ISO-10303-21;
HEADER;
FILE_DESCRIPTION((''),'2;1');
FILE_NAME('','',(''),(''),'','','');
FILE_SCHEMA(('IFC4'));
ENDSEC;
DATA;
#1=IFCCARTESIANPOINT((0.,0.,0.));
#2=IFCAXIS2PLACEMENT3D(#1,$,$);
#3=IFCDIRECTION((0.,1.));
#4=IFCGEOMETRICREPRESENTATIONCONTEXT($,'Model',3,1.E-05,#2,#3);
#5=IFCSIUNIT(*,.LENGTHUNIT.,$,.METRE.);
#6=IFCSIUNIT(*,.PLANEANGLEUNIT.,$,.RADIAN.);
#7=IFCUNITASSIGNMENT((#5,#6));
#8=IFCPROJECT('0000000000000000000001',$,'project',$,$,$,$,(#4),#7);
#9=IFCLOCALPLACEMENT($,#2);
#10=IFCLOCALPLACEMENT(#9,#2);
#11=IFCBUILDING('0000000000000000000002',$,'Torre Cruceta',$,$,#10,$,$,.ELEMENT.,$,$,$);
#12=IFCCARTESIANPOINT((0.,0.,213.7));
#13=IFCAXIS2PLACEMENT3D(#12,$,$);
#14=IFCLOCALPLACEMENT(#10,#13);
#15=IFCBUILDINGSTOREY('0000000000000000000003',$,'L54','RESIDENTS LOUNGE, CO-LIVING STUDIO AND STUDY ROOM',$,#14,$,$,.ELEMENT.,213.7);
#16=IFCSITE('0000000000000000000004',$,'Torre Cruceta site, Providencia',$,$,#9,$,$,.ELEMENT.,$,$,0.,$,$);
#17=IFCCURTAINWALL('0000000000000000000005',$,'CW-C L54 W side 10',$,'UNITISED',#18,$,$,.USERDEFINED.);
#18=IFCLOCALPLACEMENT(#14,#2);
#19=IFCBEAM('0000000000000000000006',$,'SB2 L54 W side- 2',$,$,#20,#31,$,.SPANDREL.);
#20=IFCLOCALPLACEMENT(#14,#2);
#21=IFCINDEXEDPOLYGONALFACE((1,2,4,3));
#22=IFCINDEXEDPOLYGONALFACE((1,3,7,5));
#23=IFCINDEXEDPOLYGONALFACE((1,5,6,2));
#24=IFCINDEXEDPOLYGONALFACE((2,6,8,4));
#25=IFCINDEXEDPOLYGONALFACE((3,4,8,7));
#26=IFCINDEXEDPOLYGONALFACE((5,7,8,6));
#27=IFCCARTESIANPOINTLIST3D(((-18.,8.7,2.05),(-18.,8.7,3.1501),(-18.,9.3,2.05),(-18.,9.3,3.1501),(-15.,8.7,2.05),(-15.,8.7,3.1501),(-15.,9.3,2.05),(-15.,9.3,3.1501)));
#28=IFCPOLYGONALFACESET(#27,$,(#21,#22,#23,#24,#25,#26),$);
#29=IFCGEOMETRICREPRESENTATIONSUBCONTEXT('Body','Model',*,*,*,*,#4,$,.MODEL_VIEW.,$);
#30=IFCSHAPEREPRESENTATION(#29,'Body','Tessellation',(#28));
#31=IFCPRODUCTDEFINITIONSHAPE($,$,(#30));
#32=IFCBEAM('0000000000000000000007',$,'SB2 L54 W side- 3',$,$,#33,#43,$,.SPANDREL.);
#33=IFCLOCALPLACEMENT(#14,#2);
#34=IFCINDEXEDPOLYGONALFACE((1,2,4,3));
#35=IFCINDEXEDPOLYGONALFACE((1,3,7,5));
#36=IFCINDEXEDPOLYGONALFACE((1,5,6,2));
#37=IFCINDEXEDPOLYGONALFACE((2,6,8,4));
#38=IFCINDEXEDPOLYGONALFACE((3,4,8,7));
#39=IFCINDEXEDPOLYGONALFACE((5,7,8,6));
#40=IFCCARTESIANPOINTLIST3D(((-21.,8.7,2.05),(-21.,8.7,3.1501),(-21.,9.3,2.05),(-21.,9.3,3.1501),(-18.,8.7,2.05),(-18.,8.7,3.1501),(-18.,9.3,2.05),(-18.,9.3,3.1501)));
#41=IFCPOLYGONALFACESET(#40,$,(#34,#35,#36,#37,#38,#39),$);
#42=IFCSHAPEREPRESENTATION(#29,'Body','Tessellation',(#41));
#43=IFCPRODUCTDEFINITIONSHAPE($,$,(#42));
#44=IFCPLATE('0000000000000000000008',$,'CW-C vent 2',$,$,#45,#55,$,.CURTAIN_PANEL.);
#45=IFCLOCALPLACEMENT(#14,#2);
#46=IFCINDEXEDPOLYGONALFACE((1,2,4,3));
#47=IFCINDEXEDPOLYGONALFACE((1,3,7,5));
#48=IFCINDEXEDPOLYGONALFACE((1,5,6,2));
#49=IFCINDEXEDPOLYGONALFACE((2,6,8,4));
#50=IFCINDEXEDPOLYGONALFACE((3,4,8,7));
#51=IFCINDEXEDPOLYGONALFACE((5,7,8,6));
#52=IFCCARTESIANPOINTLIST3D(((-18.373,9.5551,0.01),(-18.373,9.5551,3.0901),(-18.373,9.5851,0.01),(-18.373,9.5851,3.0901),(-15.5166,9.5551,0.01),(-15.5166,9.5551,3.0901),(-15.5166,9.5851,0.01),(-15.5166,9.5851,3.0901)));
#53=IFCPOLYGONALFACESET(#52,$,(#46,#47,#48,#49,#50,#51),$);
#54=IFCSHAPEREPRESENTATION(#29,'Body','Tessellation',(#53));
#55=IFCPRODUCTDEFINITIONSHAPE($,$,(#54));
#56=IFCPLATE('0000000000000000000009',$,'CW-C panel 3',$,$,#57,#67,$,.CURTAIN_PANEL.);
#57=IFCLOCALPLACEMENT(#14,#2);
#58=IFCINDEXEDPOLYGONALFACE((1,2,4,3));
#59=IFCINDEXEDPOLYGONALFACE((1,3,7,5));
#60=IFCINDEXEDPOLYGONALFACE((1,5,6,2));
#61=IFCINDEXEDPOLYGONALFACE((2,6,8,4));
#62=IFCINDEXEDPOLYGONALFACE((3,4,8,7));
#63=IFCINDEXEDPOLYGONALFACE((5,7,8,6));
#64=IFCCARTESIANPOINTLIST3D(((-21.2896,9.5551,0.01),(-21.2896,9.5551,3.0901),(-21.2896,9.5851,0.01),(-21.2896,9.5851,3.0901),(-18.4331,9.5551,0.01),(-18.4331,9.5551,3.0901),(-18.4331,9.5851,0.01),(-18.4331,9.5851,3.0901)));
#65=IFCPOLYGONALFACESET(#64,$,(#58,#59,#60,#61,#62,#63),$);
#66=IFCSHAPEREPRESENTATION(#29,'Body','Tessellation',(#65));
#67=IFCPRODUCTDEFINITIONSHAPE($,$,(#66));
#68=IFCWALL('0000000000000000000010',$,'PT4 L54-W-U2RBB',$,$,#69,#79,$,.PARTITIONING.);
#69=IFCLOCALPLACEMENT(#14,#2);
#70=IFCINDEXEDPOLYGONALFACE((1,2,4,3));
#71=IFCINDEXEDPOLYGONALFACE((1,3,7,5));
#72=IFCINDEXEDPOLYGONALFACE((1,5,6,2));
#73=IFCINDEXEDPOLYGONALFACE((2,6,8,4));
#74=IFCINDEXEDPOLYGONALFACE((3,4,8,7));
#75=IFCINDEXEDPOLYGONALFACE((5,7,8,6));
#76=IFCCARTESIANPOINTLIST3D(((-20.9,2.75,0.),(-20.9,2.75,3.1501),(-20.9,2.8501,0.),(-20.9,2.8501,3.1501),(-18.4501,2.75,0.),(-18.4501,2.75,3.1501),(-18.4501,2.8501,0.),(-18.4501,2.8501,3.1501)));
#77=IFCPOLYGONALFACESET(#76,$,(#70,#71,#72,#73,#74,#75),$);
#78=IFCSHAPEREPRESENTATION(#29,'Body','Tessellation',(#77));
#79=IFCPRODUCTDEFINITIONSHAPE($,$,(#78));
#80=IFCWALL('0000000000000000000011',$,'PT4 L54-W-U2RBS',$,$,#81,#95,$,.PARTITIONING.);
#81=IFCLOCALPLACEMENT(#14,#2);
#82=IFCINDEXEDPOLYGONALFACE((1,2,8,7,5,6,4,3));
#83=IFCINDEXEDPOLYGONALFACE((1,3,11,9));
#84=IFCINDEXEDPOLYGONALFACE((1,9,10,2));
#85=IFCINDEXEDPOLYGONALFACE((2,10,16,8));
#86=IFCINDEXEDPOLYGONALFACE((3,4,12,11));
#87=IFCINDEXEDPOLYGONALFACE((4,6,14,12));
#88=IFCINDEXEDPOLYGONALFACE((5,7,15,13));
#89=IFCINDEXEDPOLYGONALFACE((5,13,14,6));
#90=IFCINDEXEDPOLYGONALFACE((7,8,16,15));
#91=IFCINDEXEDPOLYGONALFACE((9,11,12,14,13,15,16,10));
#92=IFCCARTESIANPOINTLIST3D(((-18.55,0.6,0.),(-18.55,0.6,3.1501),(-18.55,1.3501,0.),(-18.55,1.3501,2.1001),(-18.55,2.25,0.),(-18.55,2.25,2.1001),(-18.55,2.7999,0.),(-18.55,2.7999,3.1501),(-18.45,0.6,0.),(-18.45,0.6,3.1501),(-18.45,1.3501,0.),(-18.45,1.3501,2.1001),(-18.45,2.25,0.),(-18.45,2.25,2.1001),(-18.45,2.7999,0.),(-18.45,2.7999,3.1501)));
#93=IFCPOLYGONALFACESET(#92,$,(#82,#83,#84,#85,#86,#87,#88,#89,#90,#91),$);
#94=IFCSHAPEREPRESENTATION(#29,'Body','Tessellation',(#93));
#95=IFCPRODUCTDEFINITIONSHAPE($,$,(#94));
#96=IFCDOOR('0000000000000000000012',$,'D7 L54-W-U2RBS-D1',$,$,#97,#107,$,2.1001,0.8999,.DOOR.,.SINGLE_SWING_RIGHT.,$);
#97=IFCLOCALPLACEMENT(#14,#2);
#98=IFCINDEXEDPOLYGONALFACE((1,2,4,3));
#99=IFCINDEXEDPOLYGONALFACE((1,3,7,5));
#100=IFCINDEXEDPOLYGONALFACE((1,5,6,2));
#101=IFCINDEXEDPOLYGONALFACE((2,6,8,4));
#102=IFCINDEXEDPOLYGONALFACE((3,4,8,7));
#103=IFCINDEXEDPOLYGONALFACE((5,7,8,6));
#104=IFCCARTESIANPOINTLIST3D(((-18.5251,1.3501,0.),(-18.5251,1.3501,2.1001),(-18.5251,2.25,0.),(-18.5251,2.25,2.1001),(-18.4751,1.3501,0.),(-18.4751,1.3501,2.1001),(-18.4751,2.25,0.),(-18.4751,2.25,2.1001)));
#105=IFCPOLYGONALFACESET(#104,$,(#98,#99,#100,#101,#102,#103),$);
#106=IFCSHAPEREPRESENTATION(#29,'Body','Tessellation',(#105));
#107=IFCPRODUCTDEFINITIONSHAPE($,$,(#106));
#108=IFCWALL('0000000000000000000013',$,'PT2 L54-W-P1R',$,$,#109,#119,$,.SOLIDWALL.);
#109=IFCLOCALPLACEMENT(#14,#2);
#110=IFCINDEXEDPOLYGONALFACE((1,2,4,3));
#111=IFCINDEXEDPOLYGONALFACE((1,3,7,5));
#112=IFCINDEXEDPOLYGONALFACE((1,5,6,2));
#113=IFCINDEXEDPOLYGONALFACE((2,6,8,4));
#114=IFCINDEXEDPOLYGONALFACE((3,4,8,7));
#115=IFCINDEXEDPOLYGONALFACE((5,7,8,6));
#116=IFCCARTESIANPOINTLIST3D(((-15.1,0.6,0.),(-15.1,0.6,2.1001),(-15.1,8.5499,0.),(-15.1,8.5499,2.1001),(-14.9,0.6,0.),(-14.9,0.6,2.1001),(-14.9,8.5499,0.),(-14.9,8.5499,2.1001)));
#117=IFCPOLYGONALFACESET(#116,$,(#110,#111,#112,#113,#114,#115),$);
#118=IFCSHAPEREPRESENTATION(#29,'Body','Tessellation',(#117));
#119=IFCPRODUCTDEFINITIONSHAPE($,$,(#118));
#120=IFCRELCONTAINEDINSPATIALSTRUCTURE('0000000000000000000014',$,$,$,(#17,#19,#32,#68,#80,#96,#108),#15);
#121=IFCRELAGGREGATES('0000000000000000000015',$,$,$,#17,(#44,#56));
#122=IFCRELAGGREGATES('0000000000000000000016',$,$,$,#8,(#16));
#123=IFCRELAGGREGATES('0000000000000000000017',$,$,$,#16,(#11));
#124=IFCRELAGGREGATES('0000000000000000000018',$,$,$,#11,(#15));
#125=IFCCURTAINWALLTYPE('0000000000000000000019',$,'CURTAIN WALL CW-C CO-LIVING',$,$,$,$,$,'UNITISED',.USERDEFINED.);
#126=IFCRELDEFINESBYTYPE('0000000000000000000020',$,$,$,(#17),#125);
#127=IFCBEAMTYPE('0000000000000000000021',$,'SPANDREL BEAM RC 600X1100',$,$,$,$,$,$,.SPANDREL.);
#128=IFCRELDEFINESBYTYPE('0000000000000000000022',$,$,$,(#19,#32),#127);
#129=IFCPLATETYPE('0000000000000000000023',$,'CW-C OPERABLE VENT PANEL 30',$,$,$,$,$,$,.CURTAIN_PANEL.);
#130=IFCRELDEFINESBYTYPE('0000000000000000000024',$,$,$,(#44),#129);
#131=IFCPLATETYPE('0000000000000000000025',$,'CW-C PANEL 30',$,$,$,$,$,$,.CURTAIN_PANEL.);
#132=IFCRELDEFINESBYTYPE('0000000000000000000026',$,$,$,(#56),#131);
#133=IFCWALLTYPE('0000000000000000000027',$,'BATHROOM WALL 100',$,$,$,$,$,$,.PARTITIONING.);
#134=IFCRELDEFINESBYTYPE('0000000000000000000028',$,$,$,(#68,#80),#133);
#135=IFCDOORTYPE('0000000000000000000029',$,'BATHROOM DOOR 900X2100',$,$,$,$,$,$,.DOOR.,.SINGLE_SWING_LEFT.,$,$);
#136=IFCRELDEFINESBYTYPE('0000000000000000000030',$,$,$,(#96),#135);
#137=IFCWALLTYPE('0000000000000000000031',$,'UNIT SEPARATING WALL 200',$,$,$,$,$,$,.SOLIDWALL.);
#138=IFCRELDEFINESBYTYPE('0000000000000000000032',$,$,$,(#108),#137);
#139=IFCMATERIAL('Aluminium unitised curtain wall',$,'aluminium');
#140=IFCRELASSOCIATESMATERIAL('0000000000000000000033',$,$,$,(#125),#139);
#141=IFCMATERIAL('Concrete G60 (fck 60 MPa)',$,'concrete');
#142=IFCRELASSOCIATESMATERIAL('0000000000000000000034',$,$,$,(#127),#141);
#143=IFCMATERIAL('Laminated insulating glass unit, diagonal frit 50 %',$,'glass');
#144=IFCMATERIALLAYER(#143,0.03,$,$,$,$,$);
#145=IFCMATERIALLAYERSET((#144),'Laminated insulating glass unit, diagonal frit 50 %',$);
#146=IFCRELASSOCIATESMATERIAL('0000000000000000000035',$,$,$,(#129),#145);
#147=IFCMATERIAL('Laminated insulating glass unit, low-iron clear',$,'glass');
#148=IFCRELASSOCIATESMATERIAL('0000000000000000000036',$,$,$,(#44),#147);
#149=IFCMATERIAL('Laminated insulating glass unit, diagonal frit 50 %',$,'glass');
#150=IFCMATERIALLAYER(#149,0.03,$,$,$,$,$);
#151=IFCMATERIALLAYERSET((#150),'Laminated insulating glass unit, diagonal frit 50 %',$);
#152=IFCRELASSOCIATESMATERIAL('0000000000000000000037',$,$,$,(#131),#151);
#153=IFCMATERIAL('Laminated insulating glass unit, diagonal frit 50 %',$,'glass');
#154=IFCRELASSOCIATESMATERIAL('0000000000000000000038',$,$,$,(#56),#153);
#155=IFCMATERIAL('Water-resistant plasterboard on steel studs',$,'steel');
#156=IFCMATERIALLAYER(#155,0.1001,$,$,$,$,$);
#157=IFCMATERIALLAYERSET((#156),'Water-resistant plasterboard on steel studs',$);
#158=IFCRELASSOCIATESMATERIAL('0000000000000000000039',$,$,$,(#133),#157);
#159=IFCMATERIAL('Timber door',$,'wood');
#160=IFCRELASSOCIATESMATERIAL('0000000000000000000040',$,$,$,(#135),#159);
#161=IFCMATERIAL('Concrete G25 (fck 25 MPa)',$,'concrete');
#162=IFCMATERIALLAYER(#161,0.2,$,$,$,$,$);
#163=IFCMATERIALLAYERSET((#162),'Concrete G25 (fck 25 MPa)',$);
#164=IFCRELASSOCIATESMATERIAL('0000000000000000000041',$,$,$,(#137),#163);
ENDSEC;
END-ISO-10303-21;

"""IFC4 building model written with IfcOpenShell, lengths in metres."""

from ifc_helpers import new_model, si_unit, direction, frame, frame_2d, origin, origin_2d, place, context, subcontext, project, spatial, rectangle, extrude, material, layer, layer_set, material_profile, profile_set, type_object, element, fill, aggregate, save


model = new_model("IFC4")

# Units and contexts
model_context = context("Model", 3, precision=1e-05, world=origin(), true_north=direction((0.0, 1.0)))
body_context = subcontext(model_context, "Body", "Model", "MODEL_VIEW")
ifc_project = project(units=[si_unit("LENGTHUNIT", "METRE"), si_unit("PLANEANGLEUNIT", "RADIAN")], contexts=[model_context])

# Site, building, storey
site_placement = place(None, origin())
site = spatial("IfcSite", under=ifc_project, at=site_placement, Name="Torre Cruceta site, Providencia", CompositionType="ELEMENT", RefElevation=0.0)
building_placement = place(site_placement, origin())
building = spatial("IfcBuilding", under=site, at=building_placement, Name="Torre Cruceta", CompositionType="ELEMENT")
storey_placement = place(building_placement, frame((0.0, 0.0, 213.7)))
storey = spatial("IfcBuildingStorey", under=building, at=storey_placement, Name="L54", Description="RESIDENTS LOUNGE, CO-LIVING STUDIO AND STUDY ROOM", CompositionType="ELEMENT", Elevation=213.7)

# Curtain wall
ifc_material_1 = material(Name="Aluminium unitised curtain wall", Category="aluminium")
curtain_wall_type = type_object("IfcCurtainWallType", Name="CURTAIN WALL CW-C CO-LIVING", ElementType="UNITISED", PredefinedType="USERDEFINED", material=ifc_material_1)
curtain_wall_placement = place(storey_placement, origin())
curtain_wall = element("IfcCurtainWall", 1, at=curtain_wall_placement, inside=storey, type_object=curtain_wall_type, Name="CW-C L54 W side 10", ObjectType="UNITISED", PredefinedType="USERDEFINED")

# Beams
ifc_material_2 = material(Name="Concrete G60 (fck 60 MPa)", Category="concrete")
ifc_material_profile_1 = material_profile(ifc_material_2, rectangle(XDim=0.6001, YDim=1.1001, at=origin_2d()), Name="RC 600X1100")
ifc_profile_set_1 = profile_set([ifc_material_profile_1], Name="Concrete G60 (fck 60 MPa)")
beam_type_1 = type_object("IfcBeamType", Name="SPANDREL BEAM RC 600X1100", PredefinedType="SPANDREL", material=ifc_profile_set_1)
for number, where, z_axis, x_axis, name in (
    (2, (-15.0, 9.0, 2.6001), (-1.0, 0.0, 0.0), (0.0, -1.0, 0.0), "SB2 L54 W side- 2"),
    (3, (-18.0, 9.0, 2.6001), (-1.0, 0.0, 0.0), (0.0, -1.0, 0.0), "SB2 L54 W side- 3"),
):
    element("IfcBeam", number, at=place(storey_placement, frame(where, z_axis=z_axis, x_axis=x_axis)), inside=storey, type_object=beam_type_1, Name=name, PredefinedType="SPANDREL", context=body_context, shape_type="SweptSolid", body=[
        extrude(rectangle(XDim=0.6001, YDim=1.1001, at=origin_2d()), origin(), (0.0, 0.0, 1.0), 3.0),
    ])

# Plates
ifc_material_3 = material(Name="Laminated insulating glass unit, low-iron clear", Category="glass")
ifc_material_4 = material(Name="Laminated insulating glass unit, diagonal frit 50 %", Category="glass")
ifc_layer_1 = layer(ifc_material_4, 0.03)
ifc_layer_set_1 = layer_set([ifc_layer_1], Name="Laminated insulating glass unit, diagonal frit 50 %")
plate_type_1 = type_object("IfcPlateType", Name="CW-C OPERABLE VENT PANEL 30", PredefinedType="CURTAIN_PANEL", material=ifc_layer_set_1)
plate_1_placement = place(storey_placement, frame((-16.9448, 9.5701, 0.01), z_axis=(0.0, 0.0, 1.0), x_axis=(-1.0, 0.0, 0.0)))
plate_1 = element("IfcPlate", 4, at=plate_1_placement, type_object=plate_type_1, material=ifc_material_3, Name="CW-C vent 2", PredefinedType="CURTAIN_PANEL", context=body_context, shape_type="SweptSolid", body=[
    extrude(rectangle(XDim=2.8564, YDim=0.03, at=origin_2d()), origin(), (0.0, 0.0, 1.0), 3.0801),
])
ifc_material_5 = material(Name="Laminated insulating glass unit, diagonal frit 50 %", Category="glass")
ifc_material_6 = material(Name="Laminated insulating glass unit, diagonal frit 50 %", Category="glass")
ifc_layer_2 = layer(ifc_material_6, 0.03)
ifc_layer_set_2 = layer_set([ifc_layer_2], Name="Laminated insulating glass unit, diagonal frit 50 %")
plate_type_2 = type_object("IfcPlateType", Name="CW-C PANEL 30", PredefinedType="CURTAIN_PANEL", material=ifc_layer_set_2)
plate_2_placement = place(storey_placement, frame((-19.8613, 9.5701, 0.01), z_axis=(0.0, 0.0, 1.0), x_axis=(-1.0, 0.0, 0.0)))
plate_2 = element("IfcPlate", 5, at=plate_2_placement, type_object=plate_type_2, material=ifc_material_5, Name="CW-C panel 3", PredefinedType="CURTAIN_PANEL", context=body_context, shape_type="SweptSolid", body=[
    extrude(rectangle(XDim=2.8564, YDim=0.03, at=origin_2d()), origin(), (0.0, 0.0, 1.0), 3.0801),
])
aggregate(curtain_wall, [plate_1, plate_2])

# Wall
ifc_material_7 = material(Name="Water-resistant plasterboard on steel studs", Category="steel")
ifc_layer_3 = layer(ifc_material_7, 0.1001)
ifc_layer_set_3 = layer_set([ifc_layer_3], Name="Water-resistant plasterboard on steel studs")
wall_type_1 = type_object("IfcWallType", Name="BATHROOM WALL 100", PredefinedType="PARTITIONING", material=ifc_layer_set_3)
wall_1_placement = place(storey_placement, frame((-18.45, 2.8, 0.0), z_axis=(0.0, 0.0, 1.0), x_axis=(-1.0, 0.0, 0.0)))
element("IfcWall", 6, at=wall_1_placement, inside=storey, type_object=wall_type_1, Name="PT4 L54-W-U2RBB", PredefinedType="PARTITIONING", context=body_context, shape_type="SweptSolid", body=[
    extrude(rectangle(XDim=2.45, YDim=0.1001, at=frame_2d((1.2251, 0.0))), origin(), (0.0, 0.0, 1.0), 3.1501),
])

# Wall, opening, door
wall_2_placement = place(storey_placement, frame((-18.5, 2.8, 0.0), z_axis=(0.0, 0.0, 1.0), x_axis=(0.0, -1.0, 0.0)))
wall_2 = element("IfcWall", 7, at=wall_2_placement, inside=storey, type_object=wall_type_1, Name="PT4 L54-W-U2RBS", PredefinedType="PARTITIONING", context=body_context, shape_type="SweptSolid", body=[
    extrude(rectangle(XDim=2.2, YDim=0.1001, at=frame_2d((1.1001, 0.0))), origin(), (0.0, 0.0, 1.0), 3.1501),
])
opening_placement = place(wall_2_placement, frame((0.55, 0.0, 0.0)))
opening = element("IfcOpeningElement", 8, at=opening_placement, cuts=wall_2, PredefinedType="OPENING", context=body_context, shape_type="SweptSolid", body=[
    extrude(rectangle(XDim=0.8999, YDim=2.1001, at=frame_2d((0.45, 1.05))), frame((0.0, 0.0601, 0.0), z_axis=(0.0, -1.0, 0.0), x_axis=(1.0, 0.0, 0.0)), (0.0, 0.0, 1.0), 0.1201),
])
ifc_material_8 = material(Name="Timber door", Category="wood")
door_type = type_object("IfcDoorType", Name="BATHROOM DOOR 900X2100", OperationType="SINGLE_SWING_LEFT", PredefinedType="DOOR", material=ifc_material_8)
door_placement = place(opening_placement, frame((0.8999, 0.0, 0.0), z_axis=(0.0, 0.0, 1.0), x_axis=(-1.0, 0.0, 0.0)))
door = element("IfcDoor", 9, at=door_placement, inside=storey, type_object=door_type, Name="D7 L54-W-U2RBS-D1", OperationType="SINGLE_SWING_RIGHT", OverallHeight=2.1001, OverallWidth=0.8999, PredefinedType="DOOR", context=body_context, shape_type="SweptSolid", body=[
    extrude(rectangle(XDim=0.8999, YDim=2.1001, at=frame_2d((0.45, 1.05))), frame((0.0, 0.0251, 0.0), z_axis=(0.0, -1.0, 0.0), x_axis=(1.0, 0.0, 0.0)), (0.0, 0.0, 1.0), 0.05),
])
fill(opening, door)

# Wall
ifc_material_9 = material(Name="Concrete G25 (fck 25 MPa)", Category="concrete")
ifc_layer_4 = layer(ifc_material_9, 0.2)
ifc_layer_set_4 = layer_set([ifc_layer_4], Name="Concrete G25 (fck 25 MPa)")
wall_type_2 = type_object("IfcWallType", Name="UNIT SEPARATING WALL 200", PredefinedType="SOLIDWALL", material=ifc_layer_set_4)
wall_3_placement = place(storey_placement, frame((-15.0, 8.55, 0.0), z_axis=(0.0, 0.0, 1.0), x_axis=(0.0, -1.0, 0.0)))
element("IfcWall", 10, at=wall_3_placement, inside=storey, type_object=wall_type_2, Name="PT2 L54-W-P1R", PredefinedType="SOLIDWALL", context=body_context, shape_type="SweptSolid", body=[
    extrude(rectangle(XDim=7.95, YDim=0.2, at=frame_2d((3.9751, 0.0))), origin(), (0.0, 0.0, 1.0), 2.1001),
])

save(model, "model.ifc")
